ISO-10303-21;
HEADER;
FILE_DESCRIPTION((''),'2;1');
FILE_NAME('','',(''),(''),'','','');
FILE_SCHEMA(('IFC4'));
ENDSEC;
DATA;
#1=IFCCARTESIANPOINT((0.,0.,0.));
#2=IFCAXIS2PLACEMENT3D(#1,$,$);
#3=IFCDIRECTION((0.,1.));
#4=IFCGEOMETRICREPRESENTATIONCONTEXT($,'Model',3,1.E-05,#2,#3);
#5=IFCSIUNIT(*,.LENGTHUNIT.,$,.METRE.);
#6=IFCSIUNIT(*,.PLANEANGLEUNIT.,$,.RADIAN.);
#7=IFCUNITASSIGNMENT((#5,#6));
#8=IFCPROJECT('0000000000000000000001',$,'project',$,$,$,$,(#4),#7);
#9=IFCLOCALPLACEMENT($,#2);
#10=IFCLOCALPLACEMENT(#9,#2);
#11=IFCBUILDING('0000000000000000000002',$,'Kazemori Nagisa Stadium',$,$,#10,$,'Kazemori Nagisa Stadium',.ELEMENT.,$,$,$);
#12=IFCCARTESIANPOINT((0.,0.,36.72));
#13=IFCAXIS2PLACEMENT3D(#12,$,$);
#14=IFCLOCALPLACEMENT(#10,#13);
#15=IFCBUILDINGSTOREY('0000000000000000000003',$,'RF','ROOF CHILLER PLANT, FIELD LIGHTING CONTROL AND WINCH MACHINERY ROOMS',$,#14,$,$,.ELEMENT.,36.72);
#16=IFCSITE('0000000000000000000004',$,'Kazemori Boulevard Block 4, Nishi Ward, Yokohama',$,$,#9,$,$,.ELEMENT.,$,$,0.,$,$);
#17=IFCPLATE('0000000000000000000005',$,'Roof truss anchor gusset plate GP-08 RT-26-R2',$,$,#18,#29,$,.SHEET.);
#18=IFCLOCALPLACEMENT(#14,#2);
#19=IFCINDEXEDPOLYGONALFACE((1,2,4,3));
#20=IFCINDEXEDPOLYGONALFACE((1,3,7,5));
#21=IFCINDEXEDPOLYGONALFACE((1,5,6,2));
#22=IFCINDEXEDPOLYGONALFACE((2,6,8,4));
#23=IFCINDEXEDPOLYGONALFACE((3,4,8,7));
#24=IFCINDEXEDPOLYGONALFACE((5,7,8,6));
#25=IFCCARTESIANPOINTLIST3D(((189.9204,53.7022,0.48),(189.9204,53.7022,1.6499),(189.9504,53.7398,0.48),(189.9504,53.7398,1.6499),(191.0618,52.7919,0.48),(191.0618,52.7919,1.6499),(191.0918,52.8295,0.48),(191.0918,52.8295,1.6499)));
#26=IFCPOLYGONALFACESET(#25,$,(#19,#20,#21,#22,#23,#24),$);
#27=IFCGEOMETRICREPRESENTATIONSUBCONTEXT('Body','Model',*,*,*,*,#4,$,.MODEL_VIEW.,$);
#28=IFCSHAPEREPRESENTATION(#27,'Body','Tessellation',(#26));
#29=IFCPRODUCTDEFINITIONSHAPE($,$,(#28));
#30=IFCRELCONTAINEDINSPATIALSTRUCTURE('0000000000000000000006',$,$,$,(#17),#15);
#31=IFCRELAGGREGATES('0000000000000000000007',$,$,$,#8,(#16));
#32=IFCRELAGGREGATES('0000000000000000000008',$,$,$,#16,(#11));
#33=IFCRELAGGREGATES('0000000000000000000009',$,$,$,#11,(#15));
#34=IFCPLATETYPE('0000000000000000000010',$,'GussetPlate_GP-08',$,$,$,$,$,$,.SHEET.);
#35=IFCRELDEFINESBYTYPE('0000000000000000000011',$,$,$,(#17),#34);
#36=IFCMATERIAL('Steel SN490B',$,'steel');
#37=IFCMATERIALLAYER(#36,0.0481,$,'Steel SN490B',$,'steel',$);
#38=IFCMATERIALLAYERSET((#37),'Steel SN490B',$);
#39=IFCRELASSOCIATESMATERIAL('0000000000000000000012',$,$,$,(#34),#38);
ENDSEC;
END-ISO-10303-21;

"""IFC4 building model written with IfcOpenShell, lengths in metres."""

from ifc_helpers import new_model, si_unit, direction, frame, origin, origin_2d, place, context, subcontext, project, spatial, rectangle, extrude, material, layer, layer_set, type_object, element, save


model = new_model("IFC4")

# Units and contexts
model_context = context("Model", 3, precision=1e-05, world=origin(), true_north=direction((0.0, 1.0)))
body_context = subcontext(model_context, "Body", "Model", "MODEL_VIEW")
ifc_project = project(units=[si_unit("LENGTHUNIT", "METRE"), si_unit("PLANEANGLEUNIT", "RADIAN")], contexts=[model_context])

# Site, building, storey
site_placement = place(None, origin())
site = spatial("IfcSite", under=ifc_project, at=site_placement, Name="Kazemori Boulevard Block 4, Nishi Ward, Yokohama", CompositionType="ELEMENT", RefElevation=0.0)
building_placement = place(site_placement, origin())
building = spatial("IfcBuilding", under=site, at=building_placement, Name="Kazemori Nagisa Stadium", LongName="Kazemori Nagisa Stadium", CompositionType="ELEMENT")
storey_placement = place(building_placement, frame((0.0, 0.0, 36.72)))
storey = spatial("IfcBuildingStorey", under=building, at=storey_placement, Name="RF", Description="ROOF CHILLER PLANT, FIELD LIGHTING CONTROL AND WINCH MACHINERY ROOMS", CompositionType="ELEMENT", Elevation=36.72)

# Shared definitions
ifc_material_1 = material(Name="Steel SN490B", Category="steel")

# Plate
ifc_layer_1 = layer(ifc_material_1, 0.0481, Name="Steel SN490B", Category="steel")
ifc_layer_set_1 = layer_set([ifc_layer_1], Name="Steel SN490B")
plate_type = type_object("IfcPlateType", Name="GussetPlate_GP-08", PredefinedType="SHEET", material=ifc_layer_set_1)
plate_placement = place(storey_placement, frame((190.5061, 53.2659, 0.48), z_axis=(0.0, 0.0, 1.0), x_axis=(0.781831, -0.62349, 0.0)))
element("IfcPlate", 1, at=plate_placement, inside=storey, type_object=plate_type, Name="Roof truss anchor gusset plate GP-08 RT-26-R2", PredefinedType="SHEET", context=body_context, shape_type="SweptSolid", body=[
    extrude(rectangle(XDim=1.46, YDim=0.0481, at=origin_2d()), origin(), (0.0, 0.0, 1.0), 1.1699),
])

save(model, "model.ifc")
